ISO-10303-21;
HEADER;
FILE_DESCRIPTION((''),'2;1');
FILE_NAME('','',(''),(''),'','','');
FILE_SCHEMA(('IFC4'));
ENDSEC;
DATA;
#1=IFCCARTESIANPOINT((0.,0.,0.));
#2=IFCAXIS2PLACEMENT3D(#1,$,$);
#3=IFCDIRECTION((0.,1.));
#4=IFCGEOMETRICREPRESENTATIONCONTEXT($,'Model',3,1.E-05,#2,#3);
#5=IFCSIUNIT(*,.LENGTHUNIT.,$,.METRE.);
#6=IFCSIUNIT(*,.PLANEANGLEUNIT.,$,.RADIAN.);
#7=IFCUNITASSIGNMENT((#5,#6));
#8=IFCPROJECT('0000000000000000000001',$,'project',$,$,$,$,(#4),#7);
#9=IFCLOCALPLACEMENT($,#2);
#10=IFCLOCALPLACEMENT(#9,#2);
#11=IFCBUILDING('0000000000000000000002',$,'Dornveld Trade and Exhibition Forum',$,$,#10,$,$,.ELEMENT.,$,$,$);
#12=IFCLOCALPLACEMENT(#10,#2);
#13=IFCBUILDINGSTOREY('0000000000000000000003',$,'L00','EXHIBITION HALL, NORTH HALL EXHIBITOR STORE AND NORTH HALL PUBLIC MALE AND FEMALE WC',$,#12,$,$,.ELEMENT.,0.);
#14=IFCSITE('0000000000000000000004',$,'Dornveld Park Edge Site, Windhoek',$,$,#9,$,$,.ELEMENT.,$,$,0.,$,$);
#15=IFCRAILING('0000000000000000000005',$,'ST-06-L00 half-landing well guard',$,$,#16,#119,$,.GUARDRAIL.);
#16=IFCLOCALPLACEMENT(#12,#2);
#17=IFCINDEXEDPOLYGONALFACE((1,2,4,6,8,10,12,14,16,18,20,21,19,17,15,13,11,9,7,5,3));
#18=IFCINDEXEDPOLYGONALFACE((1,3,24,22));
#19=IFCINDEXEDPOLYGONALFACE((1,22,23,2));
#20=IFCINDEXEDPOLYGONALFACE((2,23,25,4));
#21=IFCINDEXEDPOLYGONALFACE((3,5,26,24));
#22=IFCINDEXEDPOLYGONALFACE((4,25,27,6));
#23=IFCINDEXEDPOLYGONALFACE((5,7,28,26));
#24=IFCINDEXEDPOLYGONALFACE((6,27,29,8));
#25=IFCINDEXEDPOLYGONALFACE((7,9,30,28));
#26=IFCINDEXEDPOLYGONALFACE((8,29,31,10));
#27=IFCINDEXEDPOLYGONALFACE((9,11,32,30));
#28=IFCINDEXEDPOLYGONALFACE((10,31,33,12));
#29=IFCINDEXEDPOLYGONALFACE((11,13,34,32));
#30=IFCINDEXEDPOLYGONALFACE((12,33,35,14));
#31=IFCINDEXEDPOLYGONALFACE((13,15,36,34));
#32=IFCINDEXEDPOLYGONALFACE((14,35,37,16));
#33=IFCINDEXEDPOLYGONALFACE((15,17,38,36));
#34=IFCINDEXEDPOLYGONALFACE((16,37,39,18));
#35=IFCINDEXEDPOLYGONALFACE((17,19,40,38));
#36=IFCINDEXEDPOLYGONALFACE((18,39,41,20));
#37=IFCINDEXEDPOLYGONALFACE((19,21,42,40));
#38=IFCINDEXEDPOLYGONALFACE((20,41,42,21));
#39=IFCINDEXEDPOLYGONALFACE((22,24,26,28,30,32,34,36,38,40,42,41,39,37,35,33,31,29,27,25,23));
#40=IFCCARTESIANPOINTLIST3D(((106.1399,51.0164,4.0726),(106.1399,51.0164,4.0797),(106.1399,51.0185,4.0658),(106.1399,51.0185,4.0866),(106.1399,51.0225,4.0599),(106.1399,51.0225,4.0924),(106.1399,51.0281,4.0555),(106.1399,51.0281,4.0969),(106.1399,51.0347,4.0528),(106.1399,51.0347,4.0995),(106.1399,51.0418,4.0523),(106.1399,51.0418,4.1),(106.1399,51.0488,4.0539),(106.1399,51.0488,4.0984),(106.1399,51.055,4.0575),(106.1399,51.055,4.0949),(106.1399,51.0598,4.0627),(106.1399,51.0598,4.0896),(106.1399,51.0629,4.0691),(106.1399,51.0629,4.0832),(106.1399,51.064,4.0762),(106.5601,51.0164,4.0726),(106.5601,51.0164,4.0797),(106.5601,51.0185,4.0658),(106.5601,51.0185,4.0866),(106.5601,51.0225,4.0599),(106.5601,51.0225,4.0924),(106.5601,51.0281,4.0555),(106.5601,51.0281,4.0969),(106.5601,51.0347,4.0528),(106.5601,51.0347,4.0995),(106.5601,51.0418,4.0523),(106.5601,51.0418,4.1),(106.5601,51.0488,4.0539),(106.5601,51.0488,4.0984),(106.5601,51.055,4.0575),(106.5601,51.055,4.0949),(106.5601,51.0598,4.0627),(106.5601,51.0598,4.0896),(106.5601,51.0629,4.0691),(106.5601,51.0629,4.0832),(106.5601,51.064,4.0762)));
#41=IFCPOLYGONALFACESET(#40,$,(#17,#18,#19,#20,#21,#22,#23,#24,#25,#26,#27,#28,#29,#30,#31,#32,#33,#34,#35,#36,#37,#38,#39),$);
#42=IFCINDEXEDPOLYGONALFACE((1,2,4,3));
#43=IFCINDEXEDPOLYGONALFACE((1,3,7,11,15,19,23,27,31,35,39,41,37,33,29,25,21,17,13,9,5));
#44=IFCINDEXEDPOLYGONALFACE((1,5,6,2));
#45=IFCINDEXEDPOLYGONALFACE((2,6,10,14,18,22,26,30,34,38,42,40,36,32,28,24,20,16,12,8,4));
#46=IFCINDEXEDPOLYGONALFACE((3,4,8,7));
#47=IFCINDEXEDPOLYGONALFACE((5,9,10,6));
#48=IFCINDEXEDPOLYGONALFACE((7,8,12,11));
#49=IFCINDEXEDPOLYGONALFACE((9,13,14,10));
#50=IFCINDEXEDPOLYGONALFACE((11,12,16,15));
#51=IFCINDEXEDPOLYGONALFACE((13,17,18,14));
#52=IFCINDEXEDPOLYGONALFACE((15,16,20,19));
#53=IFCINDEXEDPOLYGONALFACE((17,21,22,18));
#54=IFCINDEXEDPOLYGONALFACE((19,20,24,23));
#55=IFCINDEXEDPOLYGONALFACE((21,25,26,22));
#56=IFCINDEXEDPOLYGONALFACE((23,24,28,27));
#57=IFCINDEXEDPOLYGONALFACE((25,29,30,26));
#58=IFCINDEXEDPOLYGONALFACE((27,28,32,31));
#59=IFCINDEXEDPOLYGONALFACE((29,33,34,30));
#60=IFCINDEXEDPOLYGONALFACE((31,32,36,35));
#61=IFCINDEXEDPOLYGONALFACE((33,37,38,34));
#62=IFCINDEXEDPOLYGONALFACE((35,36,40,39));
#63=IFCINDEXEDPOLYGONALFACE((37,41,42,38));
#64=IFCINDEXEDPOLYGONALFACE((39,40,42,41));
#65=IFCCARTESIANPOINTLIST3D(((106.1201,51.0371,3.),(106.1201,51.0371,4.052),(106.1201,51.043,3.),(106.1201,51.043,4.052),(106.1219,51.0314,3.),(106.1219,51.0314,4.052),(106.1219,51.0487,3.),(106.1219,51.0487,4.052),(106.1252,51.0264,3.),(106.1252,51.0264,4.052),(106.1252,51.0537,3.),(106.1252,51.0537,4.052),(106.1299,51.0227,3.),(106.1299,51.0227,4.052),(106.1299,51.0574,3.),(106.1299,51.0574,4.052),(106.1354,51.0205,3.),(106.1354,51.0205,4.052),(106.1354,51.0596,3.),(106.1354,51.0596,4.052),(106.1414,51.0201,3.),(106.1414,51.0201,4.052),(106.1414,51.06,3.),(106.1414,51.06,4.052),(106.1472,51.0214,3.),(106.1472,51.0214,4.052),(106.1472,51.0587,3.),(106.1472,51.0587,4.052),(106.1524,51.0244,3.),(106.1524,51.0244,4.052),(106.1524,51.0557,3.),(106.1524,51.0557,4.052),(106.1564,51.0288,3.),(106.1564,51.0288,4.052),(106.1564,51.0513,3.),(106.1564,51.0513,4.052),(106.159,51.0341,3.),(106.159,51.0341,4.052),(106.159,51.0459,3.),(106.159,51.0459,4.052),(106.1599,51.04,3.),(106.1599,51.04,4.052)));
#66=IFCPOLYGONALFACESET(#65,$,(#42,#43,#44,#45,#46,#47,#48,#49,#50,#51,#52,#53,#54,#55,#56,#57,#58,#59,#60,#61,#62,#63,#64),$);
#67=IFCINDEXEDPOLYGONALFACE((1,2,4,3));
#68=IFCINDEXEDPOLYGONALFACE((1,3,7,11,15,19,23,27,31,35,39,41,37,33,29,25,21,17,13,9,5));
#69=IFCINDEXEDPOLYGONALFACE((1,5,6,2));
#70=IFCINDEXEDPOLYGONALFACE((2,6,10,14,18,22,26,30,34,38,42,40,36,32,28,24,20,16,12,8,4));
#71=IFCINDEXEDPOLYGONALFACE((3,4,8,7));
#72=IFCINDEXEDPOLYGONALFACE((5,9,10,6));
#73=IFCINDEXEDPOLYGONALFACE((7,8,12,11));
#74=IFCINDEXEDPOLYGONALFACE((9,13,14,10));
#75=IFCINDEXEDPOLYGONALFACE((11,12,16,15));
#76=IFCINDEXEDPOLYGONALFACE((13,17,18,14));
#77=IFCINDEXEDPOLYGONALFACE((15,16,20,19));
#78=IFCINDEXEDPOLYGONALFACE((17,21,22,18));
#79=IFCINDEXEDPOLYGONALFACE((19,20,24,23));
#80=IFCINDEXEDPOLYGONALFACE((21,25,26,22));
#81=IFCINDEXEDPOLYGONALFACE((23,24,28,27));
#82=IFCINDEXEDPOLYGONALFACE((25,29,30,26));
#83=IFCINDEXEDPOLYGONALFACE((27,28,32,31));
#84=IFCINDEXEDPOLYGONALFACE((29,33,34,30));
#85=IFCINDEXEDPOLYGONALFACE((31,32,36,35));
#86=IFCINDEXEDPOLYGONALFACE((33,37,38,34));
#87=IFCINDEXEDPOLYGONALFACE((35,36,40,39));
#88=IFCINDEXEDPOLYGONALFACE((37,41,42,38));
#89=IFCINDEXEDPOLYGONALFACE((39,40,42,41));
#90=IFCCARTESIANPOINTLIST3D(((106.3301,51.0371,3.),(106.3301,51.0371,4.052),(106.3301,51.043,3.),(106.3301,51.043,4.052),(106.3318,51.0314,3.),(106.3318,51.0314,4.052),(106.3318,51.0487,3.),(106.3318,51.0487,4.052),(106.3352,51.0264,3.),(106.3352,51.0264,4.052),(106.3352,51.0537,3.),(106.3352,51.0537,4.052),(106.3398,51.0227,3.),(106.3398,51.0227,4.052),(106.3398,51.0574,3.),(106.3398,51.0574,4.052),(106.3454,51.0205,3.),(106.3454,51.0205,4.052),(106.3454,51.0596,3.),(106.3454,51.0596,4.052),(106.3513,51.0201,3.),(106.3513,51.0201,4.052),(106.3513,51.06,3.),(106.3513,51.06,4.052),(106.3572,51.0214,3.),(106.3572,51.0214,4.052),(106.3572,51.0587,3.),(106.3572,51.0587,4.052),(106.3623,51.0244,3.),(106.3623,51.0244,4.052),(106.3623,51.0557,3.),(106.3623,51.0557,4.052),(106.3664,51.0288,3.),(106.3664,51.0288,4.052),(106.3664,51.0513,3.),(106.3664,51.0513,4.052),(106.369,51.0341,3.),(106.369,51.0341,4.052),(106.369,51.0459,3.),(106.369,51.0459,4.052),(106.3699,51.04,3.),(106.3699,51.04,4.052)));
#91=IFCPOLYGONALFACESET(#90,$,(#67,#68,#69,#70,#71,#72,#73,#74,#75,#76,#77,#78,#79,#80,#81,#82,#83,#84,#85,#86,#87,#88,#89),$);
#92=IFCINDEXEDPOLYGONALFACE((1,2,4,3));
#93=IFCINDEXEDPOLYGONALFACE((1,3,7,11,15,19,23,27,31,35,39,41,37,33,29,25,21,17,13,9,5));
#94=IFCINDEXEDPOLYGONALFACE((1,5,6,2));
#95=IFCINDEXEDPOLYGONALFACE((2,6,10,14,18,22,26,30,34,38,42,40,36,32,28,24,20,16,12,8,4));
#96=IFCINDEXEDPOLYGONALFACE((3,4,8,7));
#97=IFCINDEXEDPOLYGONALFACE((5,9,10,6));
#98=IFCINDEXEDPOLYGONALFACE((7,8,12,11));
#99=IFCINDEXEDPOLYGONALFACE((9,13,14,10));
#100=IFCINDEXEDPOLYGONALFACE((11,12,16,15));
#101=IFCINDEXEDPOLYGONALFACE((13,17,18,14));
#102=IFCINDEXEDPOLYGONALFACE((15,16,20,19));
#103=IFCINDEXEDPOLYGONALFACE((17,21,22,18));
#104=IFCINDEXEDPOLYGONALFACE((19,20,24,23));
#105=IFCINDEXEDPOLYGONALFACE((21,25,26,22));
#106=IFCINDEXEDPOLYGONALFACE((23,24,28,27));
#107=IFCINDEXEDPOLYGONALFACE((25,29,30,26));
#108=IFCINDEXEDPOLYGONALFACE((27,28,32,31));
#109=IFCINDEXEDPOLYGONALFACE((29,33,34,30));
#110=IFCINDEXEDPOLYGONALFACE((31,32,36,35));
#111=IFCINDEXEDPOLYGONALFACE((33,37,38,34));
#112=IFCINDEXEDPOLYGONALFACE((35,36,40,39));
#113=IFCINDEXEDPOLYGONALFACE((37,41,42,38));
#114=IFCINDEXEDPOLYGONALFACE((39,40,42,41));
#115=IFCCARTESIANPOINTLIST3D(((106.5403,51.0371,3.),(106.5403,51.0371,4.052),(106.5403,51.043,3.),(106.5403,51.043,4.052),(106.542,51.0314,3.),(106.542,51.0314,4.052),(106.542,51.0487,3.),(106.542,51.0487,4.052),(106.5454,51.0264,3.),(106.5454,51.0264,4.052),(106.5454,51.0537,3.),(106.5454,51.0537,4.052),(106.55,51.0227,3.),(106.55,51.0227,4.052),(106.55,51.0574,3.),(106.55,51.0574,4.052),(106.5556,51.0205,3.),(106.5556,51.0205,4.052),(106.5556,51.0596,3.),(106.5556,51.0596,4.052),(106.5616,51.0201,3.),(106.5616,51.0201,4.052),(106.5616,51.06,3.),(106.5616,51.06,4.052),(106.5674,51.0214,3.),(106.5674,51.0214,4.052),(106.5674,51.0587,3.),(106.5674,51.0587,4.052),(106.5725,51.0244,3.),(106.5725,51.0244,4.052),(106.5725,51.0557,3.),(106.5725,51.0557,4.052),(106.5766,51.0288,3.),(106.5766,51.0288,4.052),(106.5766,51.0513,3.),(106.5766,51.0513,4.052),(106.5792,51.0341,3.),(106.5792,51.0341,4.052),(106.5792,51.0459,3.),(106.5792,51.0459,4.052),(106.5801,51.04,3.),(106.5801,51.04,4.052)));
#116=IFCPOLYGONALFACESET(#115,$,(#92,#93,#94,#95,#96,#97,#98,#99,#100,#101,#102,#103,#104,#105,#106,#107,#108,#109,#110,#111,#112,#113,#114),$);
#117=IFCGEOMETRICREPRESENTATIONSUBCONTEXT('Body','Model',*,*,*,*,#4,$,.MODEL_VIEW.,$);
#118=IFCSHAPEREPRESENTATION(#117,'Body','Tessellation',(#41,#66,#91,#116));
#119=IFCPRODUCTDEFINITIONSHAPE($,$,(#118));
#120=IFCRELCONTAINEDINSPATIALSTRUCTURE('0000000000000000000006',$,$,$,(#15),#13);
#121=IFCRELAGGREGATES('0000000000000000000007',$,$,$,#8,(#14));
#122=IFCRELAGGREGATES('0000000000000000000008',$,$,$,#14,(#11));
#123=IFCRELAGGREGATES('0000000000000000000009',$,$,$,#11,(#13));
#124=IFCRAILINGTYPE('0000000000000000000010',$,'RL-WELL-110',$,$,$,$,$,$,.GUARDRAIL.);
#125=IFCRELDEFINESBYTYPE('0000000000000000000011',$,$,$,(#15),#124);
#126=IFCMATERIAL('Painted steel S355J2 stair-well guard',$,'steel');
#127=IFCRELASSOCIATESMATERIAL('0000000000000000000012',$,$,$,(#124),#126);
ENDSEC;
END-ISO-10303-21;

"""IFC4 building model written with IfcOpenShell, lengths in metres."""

from ifc_helpers import new_model, si_unit, direction, frame, origin, origin_2d, place, context, subcontext, project, spatial, circle, extrude, material, type_object, element, save


model = new_model("IFC4")

# Units and contexts
model_context = context("Model", 3, precision=1e-05, world=origin(), true_north=direction((0.0, 1.0)))
body_context = subcontext(model_context, "Body", "Model", "MODEL_VIEW")
ifc_project = project(units=[si_unit("LENGTHUNIT", "METRE"), si_unit("PLANEANGLEUNIT", "RADIAN")], contexts=[model_context])

# Site, building, storey
site_placement = place(None, origin())
site = spatial("IfcSite", under=ifc_project, at=site_placement, Name="Dornveld Park Edge Site, Windhoek", CompositionType="ELEMENT", RefElevation=0.0)
building_placement = place(site_placement, origin())
building = spatial("IfcBuilding", under=site, at=building_placement, Name="Dornveld Trade and Exhibition Forum", CompositionType="ELEMENT")
storey_placement = place(building_placement, origin())
storey = spatial("IfcBuildingStorey", under=building, at=storey_placement, Name="L00", Description="EXHIBITION HALL, NORTH HALL EXHIBITOR STORE AND NORTH HALL PUBLIC MALE AND FEMALE WC", CompositionType="ELEMENT", Elevation=0.0)

# Railing
ifc_material_1 = material(Name="Painted steel S355J2 stair-well guard", Category="steel")
railing_type_1 = type_object("IfcRailingType", Name="RL-WELL-110", PredefinedType="GUARDRAIL", material=ifc_material_1)
railing_1_placement = place(storey_placement, frame((106.1399, 51.04, 3.0)))
element("IfcRailing", 1, at=railing_1_placement, inside=storey, type_object=railing_type_1, Name="ST-06-L00 half-landing well guard", PredefinedType="GUARDRAIL", context=body_context, shape_type="SweptSolid", body=[
    extrude(circle(Radius=0.0239, at=origin_2d()), frame((0.0, 0.0, 1.0762), z_axis=(1.0, 0.0, 0.0), x_axis=(0.0, 1.0, 0.0)), (0.0, 0.0, 1.0), 0.4202),
    extrude(circle(Radius=0.02, at=origin_2d()), origin(), (0.0, 0.0, 1.0), 1.052),
    extrude(circle(Radius=0.02, at=origin_2d()), frame((0.21, 0.0, 0.0)), (0.0, 0.0, 1.0), 1.052),
    extrude(circle(Radius=0.02, at=origin_2d()), frame((0.4202, 0.0, 0.0)), (0.0, 0.0, 1.0), 1.052),
])

save(model, "model.ifc")
